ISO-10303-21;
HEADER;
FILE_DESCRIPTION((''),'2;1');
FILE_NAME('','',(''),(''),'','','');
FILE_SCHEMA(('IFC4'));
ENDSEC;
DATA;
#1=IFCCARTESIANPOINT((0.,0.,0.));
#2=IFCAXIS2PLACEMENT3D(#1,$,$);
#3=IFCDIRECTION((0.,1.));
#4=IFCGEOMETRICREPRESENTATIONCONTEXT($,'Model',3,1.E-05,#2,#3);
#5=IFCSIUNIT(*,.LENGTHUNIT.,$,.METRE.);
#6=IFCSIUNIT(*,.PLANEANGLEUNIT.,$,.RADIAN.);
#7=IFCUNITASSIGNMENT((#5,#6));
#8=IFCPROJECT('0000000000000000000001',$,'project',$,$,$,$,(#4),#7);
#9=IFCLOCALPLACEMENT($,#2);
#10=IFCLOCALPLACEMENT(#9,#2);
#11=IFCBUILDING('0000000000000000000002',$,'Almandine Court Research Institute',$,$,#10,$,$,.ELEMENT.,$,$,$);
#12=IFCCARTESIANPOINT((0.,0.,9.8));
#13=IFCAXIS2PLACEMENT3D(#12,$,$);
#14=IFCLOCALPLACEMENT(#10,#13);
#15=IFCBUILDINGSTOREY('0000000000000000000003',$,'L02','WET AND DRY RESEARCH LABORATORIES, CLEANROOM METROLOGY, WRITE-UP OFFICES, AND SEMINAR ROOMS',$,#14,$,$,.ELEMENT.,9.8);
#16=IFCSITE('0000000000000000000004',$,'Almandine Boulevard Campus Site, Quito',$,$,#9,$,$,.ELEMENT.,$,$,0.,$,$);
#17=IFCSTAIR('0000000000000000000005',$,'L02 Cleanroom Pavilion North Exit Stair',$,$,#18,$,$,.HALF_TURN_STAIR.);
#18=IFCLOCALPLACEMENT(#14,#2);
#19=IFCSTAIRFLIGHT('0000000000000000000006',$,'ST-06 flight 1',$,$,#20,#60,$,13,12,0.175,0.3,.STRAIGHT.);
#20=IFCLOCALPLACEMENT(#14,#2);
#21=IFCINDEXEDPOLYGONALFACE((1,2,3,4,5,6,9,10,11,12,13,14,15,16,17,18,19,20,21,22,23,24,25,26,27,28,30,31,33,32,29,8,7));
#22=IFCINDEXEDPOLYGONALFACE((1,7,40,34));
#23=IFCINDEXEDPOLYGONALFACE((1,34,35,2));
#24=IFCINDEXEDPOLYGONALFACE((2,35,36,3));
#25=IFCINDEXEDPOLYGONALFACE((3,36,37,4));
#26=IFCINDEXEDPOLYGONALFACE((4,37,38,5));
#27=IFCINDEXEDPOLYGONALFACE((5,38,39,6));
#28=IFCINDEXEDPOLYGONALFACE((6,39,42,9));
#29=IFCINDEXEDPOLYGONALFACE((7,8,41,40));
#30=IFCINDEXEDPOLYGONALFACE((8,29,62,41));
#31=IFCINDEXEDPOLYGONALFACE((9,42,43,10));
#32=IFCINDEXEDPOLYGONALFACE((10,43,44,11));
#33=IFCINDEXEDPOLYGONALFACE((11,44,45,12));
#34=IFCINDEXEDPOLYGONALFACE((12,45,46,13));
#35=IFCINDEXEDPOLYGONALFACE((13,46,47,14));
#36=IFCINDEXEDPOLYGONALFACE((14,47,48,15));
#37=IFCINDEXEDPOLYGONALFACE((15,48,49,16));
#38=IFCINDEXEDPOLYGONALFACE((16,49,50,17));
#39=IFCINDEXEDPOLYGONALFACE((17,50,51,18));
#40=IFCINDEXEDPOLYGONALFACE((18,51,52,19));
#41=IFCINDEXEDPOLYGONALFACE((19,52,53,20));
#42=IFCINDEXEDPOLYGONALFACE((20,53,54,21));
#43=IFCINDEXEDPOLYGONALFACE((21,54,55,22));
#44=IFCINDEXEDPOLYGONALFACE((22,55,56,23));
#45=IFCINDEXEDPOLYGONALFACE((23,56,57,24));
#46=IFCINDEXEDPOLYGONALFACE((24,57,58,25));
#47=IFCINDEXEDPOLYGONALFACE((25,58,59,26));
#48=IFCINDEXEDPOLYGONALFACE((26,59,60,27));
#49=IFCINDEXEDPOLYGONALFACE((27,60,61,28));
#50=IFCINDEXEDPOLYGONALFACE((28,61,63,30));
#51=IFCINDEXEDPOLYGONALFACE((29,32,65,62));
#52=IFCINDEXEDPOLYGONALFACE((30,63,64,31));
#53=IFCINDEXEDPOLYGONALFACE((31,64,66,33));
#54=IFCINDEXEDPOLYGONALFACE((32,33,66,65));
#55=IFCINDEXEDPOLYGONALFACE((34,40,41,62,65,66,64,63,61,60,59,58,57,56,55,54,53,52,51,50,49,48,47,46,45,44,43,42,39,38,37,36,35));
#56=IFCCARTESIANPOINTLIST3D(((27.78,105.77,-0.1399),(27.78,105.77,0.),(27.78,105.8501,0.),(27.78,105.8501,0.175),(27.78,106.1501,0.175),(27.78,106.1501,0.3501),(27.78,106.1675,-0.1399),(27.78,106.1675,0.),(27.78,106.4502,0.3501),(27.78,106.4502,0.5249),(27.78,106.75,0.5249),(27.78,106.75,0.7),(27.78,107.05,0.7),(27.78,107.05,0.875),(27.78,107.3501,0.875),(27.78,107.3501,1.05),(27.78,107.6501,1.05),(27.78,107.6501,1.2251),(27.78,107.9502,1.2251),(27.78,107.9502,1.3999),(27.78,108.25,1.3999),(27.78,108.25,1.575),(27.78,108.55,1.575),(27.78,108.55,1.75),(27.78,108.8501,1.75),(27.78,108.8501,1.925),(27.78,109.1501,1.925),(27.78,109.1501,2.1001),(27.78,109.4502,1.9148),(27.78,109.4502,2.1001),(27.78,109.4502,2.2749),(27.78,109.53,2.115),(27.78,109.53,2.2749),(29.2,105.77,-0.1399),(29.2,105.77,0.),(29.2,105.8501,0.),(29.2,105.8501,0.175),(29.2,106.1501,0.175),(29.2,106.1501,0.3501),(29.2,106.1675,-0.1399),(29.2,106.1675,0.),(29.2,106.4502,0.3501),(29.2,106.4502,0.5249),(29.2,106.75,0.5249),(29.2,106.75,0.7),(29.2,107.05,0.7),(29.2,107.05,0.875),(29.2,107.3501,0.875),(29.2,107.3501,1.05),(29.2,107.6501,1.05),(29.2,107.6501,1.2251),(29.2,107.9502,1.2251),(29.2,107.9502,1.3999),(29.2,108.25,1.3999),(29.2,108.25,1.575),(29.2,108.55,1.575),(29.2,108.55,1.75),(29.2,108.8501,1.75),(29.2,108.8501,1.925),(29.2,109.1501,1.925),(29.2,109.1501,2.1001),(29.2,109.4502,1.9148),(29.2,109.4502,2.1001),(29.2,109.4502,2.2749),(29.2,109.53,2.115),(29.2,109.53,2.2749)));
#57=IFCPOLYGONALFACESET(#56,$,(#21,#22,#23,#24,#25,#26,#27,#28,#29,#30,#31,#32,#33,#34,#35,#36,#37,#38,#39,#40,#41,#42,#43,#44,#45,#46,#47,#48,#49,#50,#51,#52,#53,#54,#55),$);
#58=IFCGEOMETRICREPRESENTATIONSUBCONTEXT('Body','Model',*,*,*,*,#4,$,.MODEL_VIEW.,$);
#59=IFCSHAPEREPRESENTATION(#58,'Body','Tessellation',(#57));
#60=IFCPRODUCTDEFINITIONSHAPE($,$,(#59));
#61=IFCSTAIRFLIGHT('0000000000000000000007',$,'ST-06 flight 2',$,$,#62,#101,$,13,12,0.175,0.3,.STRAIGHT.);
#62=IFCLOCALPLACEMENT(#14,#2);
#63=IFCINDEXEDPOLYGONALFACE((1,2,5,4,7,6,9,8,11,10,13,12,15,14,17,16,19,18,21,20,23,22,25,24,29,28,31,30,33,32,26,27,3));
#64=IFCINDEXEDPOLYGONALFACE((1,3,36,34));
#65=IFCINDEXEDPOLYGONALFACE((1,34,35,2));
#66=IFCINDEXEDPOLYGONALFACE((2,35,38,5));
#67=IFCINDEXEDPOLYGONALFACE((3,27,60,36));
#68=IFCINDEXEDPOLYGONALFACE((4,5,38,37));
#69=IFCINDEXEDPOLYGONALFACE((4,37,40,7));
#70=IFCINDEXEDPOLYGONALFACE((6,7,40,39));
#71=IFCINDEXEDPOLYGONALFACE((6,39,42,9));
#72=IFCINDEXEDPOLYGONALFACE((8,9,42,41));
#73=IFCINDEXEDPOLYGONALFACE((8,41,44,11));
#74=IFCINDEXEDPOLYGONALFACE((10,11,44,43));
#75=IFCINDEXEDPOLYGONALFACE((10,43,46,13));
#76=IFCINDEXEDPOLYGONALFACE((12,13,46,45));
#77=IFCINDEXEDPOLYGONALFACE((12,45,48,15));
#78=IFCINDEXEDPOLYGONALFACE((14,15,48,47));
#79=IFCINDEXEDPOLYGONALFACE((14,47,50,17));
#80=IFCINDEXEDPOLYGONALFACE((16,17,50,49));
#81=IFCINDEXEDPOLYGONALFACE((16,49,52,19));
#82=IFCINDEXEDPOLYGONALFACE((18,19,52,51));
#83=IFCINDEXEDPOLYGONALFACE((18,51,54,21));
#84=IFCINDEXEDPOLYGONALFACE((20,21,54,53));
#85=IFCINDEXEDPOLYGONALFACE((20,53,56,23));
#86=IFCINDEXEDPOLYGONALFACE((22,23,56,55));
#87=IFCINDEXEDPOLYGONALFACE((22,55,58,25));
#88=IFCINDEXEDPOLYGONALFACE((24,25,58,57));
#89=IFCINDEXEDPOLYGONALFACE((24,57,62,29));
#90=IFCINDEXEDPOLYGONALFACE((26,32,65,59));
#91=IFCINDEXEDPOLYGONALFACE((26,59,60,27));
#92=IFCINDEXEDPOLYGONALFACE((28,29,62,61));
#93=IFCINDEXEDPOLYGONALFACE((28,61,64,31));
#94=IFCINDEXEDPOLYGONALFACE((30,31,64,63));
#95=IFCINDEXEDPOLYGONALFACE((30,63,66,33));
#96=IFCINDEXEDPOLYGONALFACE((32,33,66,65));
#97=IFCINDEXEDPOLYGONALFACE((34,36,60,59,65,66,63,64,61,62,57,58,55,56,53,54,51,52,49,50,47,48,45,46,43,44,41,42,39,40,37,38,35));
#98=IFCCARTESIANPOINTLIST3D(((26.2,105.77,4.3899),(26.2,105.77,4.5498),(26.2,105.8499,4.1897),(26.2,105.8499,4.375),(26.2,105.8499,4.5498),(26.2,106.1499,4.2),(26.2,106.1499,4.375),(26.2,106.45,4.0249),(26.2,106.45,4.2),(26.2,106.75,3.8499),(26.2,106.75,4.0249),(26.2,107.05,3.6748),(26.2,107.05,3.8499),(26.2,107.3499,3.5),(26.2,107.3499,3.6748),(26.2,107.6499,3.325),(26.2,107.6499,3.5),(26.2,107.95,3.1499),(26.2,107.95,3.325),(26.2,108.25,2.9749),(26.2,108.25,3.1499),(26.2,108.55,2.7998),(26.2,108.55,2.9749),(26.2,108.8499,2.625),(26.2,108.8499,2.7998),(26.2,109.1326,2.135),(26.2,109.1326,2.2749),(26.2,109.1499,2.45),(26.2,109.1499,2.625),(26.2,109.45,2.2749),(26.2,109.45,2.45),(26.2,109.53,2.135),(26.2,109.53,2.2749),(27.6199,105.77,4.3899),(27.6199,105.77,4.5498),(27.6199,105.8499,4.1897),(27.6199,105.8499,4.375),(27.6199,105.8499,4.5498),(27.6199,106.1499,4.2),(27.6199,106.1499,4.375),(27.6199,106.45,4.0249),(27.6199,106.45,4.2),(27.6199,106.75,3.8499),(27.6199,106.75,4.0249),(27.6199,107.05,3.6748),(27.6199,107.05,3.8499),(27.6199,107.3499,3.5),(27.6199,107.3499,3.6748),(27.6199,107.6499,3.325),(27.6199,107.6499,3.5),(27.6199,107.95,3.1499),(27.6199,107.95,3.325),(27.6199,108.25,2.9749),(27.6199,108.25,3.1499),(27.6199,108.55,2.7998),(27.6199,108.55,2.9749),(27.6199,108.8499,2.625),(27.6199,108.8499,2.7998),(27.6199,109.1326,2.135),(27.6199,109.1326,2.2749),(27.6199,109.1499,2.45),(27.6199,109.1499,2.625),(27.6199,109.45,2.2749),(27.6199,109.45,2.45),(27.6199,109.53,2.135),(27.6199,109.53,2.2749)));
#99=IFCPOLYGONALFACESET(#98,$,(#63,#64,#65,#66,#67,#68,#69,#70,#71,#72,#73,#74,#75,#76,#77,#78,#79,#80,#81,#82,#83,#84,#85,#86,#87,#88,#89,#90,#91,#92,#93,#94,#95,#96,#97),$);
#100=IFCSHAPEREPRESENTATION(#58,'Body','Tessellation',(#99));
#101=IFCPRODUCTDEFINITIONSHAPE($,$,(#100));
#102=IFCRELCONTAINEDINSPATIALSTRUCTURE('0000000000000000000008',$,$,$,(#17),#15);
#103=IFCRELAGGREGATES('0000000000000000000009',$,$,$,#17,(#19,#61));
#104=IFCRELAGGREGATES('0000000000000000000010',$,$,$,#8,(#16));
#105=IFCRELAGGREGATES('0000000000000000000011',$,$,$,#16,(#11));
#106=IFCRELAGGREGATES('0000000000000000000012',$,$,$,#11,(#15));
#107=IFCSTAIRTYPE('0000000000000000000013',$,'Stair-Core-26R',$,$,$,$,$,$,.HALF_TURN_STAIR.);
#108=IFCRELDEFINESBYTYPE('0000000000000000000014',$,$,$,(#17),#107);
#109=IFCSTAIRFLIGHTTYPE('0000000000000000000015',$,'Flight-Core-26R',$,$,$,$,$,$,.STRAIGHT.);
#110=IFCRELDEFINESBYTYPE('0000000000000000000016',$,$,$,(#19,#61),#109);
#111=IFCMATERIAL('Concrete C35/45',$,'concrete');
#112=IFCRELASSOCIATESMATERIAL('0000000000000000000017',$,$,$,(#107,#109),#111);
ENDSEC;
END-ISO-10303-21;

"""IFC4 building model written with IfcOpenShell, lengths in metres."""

from ifc_helpers import new_model, si_unit, direction, frame, origin, place, context, subcontext, project, spatial, polyline, outline, extrude, material, type_object, element, aggregate, save


model = new_model("IFC4")

# Units and contexts
model_context = context("Model", 3, precision=1e-05, world=origin(), true_north=direction((0.0, 1.0)))
body_context = subcontext(model_context, "Body", "Model", "MODEL_VIEW")
ifc_project = project(units=[si_unit("LENGTHUNIT", "METRE"), si_unit("PLANEANGLEUNIT", "RADIAN")], contexts=[model_context])

# Site, building, storey
site_placement = place(None, origin())
site = spatial("IfcSite", under=ifc_project, at=site_placement, Name="Almandine Boulevard Campus Site, Quito", CompositionType="ELEMENT", RefElevation=0.0)
building_placement = place(site_placement, origin())
building = spatial("IfcBuilding", under=site, at=building_placement, Name="Almandine Court Research Institute", CompositionType="ELEMENT")
storey_placement = place(building_placement, frame((0.0, 0.0, 9.8)))
storey = spatial("IfcBuildingStorey", under=building, at=storey_placement, Name="L02", Description="WET AND DRY RESEARCH LABORATORIES, CLEANROOM METROLOGY, WRITE-UP OFFICES, AND SEMINAR ROOMS", CompositionType="ELEMENT", Elevation=9.8)

# Stair, stair flights
ifc_material_1 = material(Name="Concrete C35/45", Category="concrete")
stair_type = type_object("IfcStairType", Name="Stair-Core-26R", PredefinedType="HALF_TURN_STAIR", material=ifc_material_1)
stair_placement = place(storey_placement, origin())
stair = element("IfcStair", 1, at=stair_placement, inside=storey, type_object=stair_type, Name="L02 Cleanroom Pavilion North Exit Stair", PredefinedType="HALF_TURN_STAIR")
stair_flight_type = type_object("IfcStairFlightType", Name="Flight-Core-26R", PredefinedType="STRAIGHT", material=ifc_material_1)
stair_flight_1_placement = place(storey_placement, frame((28.49, 105.8501, 0.0), z_axis=(0.0, 0.0, 1.0), x_axis=(0.0, 1.0, 0.0)))
stair_flight_1 = element("IfcStairFlight", 2, at=stair_flight_1_placement, type_object=stair_flight_type, Name="ST-06 flight 1", NumberOfRisers=13, NumberOfTreads=12, PredefinedType="STRAIGHT", RiserHeight=0.175, TreadLength=0.3, context=body_context, shape_type="SweptSolid", body=[
    extrude(outline(polyline([(-0.0801, -0.1399), (-0.0801, 0.0), (0.0, 0.0), (0.0, 0.175), (0.3, 0.175), (0.3, 0.3501), (0.6001, 0.3501), (0.6001, 0.5249), (0.8999, 0.5249), (0.8999, 0.7), (1.2, 0.7), (1.2, 0.875), (1.5, 0.875), (1.5, 1.05), (1.8, 1.05), (1.8, 1.2251), (2.1001, 1.2251), (2.1001, 1.3999), (2.3999, 1.3999), (2.3999, 1.575), (2.7, 1.575), (2.7, 1.75), (3.0, 1.75), (3.0, 1.925), (3.3, 1.925), (3.3, 2.1001), (3.6001, 2.1001), (3.6001, 2.2749), (3.6799, 2.2749), (3.6799, 2.115), (3.6001, 1.9148), (0.3174, 0.0), (0.3174, -0.1399), (-0.0801, -0.1399)])), frame((0.0, 0.71, 0.0), z_axis=(0.0, -1.0, 0.0), x_axis=(1.0, 0.0, 0.0)), (0.0, 0.0, 1.0), 1.4199),
])
stair_flight_2_placement = place(storey_placement, frame((26.9099, 109.45, 2.2749), z_axis=(0.0, 0.0, 1.0), x_axis=(0.0, -1.0, 0.0)))
stair_flight_2 = element("IfcStairFlight", 3, at=stair_flight_2_placement, type_object=stair_flight_type, Name="ST-06 flight 2", NumberOfRisers=13, NumberOfTreads=12, PredefinedType="STRAIGHT", RiserHeight=0.175, TreadLength=0.3, context=body_context, shape_type="SweptSolid", body=[
    extrude(outline(polyline([(-0.0801, -0.1399), (-0.0801, 0.0), (0.0, 0.0), (0.0, 0.175), (0.3, 0.175), (0.3, 0.3501), (0.6001, 0.3501), (0.6001, 0.5249), (0.8999, 0.5249), (0.8999, 0.7), (1.2, 0.7), (1.2, 0.875), (1.5, 0.875), (1.5, 1.05), (1.8, 1.05), (1.8, 1.2251), (2.1001, 1.2251), (2.1001, 1.3999), (2.3999, 1.3999), (2.3999, 1.575), (2.7, 1.575), (2.7, 1.75), (3.0, 1.75), (3.0, 1.925), (3.3, 1.925), (3.3, 2.1001), (3.6001, 2.1001), (3.6001, 2.2749), (3.6799, 2.2749), (3.6799, 2.115), (3.6001, 1.9148), (0.3174, 0.0), (0.3174, -0.1399), (-0.0801, -0.1399)])), frame((0.0, 0.71, 0.0), z_axis=(0.0, -1.0, 0.0), x_axis=(1.0, 0.0, 0.0)), (0.0, 0.0, 1.0), 1.4199),
])
aggregate(stair, [stair_flight_1, stair_flight_2])

save(model, "model.ifc")
